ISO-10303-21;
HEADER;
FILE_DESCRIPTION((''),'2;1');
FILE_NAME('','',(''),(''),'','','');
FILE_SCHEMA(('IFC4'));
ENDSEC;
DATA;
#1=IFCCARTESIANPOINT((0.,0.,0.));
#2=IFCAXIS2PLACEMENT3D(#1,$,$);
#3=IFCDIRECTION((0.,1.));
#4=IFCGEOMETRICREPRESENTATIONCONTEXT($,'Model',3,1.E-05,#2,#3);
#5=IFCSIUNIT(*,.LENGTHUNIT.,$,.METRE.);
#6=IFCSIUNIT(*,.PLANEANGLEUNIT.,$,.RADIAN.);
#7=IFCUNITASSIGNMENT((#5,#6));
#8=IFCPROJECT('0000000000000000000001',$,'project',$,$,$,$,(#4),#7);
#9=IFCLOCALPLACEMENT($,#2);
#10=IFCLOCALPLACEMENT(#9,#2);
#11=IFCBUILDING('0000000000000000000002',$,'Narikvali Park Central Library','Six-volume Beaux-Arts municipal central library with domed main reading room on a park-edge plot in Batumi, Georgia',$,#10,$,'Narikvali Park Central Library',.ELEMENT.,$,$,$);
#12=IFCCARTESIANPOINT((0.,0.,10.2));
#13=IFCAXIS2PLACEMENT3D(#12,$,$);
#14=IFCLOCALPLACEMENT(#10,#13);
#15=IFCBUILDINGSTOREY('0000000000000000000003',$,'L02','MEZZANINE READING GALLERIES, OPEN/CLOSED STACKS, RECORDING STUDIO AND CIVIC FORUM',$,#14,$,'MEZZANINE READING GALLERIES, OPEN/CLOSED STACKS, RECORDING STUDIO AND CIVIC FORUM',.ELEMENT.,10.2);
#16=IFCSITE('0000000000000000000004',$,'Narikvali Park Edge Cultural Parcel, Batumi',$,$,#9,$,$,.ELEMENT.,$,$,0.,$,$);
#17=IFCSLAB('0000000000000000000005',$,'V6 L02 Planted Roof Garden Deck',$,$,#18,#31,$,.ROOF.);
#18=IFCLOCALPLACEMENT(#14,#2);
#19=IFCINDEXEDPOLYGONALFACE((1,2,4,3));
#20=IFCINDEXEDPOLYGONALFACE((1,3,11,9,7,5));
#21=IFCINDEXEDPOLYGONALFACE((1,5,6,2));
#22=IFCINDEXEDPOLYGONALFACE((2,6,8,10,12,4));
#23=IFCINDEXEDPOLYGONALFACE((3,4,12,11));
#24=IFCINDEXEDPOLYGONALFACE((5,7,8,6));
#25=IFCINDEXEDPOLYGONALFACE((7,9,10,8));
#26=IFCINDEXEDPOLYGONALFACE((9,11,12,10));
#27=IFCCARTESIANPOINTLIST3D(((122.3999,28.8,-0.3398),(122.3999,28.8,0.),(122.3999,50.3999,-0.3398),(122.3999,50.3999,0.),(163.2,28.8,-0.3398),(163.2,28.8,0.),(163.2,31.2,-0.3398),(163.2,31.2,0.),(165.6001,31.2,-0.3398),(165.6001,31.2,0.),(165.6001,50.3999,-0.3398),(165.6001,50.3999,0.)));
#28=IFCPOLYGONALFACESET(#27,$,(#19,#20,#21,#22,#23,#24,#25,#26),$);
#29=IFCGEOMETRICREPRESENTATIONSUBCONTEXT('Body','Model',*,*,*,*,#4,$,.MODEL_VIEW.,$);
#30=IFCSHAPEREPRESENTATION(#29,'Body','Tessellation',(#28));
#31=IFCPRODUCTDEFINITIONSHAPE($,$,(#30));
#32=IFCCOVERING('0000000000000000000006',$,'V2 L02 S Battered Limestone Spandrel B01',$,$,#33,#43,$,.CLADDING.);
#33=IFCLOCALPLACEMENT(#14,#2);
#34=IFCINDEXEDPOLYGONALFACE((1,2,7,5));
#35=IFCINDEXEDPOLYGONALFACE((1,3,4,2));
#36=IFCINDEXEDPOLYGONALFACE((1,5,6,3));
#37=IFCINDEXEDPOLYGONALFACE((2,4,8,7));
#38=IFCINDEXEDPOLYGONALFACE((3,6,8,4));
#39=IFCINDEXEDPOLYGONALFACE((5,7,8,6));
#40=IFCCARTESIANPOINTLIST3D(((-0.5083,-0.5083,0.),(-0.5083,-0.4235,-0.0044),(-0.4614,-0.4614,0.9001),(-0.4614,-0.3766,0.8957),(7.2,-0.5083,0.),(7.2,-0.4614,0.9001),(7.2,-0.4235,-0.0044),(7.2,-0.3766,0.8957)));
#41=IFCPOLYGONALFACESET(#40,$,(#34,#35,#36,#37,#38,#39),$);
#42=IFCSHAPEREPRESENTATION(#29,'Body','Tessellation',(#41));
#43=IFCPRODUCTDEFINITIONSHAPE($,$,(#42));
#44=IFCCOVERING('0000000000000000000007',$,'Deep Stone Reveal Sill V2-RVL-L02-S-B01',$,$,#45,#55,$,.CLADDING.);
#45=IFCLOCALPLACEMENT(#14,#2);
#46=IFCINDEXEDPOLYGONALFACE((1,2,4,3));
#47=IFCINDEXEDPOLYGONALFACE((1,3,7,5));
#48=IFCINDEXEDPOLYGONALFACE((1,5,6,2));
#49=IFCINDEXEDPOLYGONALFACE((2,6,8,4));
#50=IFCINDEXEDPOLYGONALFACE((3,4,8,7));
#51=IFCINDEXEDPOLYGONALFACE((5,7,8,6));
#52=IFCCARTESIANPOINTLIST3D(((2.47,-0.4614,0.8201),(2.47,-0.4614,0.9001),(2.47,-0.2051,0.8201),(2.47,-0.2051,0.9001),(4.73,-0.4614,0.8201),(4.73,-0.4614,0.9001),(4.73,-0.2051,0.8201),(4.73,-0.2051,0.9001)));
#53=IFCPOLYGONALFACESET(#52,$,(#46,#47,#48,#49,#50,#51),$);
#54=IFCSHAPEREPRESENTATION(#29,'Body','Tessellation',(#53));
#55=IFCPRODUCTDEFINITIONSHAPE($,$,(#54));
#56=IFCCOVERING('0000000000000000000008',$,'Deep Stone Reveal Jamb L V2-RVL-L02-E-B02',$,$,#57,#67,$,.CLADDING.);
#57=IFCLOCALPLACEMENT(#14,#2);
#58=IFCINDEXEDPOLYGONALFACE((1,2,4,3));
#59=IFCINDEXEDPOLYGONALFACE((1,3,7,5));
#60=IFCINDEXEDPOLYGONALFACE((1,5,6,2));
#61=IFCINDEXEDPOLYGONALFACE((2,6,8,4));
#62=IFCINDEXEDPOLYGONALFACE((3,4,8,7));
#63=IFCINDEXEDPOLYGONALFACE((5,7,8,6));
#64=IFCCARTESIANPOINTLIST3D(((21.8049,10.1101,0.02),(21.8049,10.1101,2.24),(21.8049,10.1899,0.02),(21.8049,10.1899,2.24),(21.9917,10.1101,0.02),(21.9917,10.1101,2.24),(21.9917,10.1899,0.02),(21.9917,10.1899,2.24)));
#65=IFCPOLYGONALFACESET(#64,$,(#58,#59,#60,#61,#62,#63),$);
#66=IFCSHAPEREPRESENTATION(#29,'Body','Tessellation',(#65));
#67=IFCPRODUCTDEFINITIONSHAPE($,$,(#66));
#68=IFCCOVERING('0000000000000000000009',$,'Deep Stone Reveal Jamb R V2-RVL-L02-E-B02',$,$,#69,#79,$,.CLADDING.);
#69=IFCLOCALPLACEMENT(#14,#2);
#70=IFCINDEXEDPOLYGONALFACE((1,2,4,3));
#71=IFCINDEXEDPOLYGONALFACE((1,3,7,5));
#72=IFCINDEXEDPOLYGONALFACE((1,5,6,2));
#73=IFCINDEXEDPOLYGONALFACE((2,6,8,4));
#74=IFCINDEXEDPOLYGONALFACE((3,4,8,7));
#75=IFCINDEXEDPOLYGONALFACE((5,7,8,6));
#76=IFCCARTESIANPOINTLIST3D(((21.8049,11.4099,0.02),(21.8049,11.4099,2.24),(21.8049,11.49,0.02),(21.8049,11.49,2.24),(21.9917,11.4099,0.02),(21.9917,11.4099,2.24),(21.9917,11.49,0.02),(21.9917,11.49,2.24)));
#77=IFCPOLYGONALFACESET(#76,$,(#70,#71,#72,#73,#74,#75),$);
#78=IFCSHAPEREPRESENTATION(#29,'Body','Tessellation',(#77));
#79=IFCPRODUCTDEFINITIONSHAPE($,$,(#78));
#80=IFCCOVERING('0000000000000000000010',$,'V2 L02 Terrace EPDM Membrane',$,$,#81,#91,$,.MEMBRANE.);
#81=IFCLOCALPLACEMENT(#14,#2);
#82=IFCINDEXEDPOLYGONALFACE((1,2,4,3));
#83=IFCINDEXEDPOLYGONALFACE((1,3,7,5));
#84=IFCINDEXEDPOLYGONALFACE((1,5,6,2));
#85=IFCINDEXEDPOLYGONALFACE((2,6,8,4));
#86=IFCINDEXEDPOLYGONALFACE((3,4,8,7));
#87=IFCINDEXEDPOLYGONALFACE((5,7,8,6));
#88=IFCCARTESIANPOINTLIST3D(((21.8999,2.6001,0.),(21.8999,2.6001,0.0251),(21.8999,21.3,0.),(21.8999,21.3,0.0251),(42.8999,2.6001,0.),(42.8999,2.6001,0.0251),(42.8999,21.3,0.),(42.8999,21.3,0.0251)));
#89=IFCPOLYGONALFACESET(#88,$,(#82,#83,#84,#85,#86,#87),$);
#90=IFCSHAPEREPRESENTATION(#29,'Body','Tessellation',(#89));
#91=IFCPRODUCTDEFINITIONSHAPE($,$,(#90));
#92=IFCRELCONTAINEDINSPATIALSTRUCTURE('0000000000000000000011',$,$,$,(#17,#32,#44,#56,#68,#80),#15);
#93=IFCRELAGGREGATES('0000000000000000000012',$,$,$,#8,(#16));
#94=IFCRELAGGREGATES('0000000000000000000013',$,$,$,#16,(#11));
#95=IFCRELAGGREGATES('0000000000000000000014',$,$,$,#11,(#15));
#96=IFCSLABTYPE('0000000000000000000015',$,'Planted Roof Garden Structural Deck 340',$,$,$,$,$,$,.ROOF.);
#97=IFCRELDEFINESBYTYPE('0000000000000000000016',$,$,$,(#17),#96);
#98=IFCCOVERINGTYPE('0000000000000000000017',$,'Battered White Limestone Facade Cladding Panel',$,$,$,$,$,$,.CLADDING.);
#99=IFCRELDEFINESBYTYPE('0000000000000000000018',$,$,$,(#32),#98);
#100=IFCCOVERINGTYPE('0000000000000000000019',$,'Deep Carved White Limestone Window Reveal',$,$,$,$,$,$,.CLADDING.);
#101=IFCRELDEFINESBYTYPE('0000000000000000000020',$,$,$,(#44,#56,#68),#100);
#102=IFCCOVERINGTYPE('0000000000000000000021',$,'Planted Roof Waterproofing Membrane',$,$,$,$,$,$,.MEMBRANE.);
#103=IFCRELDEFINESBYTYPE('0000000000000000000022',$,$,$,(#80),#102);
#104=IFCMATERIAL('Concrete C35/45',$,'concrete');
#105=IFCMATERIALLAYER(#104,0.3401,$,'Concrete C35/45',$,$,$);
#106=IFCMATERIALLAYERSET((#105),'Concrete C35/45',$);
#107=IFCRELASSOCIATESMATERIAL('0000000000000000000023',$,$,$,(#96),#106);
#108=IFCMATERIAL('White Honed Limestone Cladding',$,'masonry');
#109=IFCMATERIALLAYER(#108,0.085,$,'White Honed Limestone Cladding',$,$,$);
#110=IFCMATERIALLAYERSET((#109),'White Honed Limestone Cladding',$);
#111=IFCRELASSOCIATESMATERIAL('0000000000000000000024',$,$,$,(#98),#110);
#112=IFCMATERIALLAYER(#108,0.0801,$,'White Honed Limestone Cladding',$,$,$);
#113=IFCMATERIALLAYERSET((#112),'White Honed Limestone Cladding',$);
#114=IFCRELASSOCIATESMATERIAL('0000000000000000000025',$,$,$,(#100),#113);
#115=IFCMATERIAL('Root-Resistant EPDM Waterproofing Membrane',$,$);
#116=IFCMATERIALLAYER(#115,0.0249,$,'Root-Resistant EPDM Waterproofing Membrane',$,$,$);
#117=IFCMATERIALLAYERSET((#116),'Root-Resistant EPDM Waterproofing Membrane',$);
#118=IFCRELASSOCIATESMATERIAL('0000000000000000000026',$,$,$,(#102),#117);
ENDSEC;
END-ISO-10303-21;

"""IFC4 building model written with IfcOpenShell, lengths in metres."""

from ifc_helpers import new_model, si_unit, direction, frame, origin, place, context, subcontext, project, spatial, polyline, outline, extrude, material, layer, layer_set, type_object, element, save


model = new_model("IFC4")

# Units and contexts
model_context = context("Model", 3, precision=1e-05, world=origin(), true_north=direction((0.0, 1.0)))
body_context = subcontext(model_context, "Body", "Model", "MODEL_VIEW")
ifc_project = project(units=[si_unit("LENGTHUNIT", "METRE"), si_unit("PLANEANGLEUNIT", "RADIAN")], contexts=[model_context])

# Site, building, storey
site_placement = place(None, origin())
site = spatial("IfcSite", under=ifc_project, at=site_placement, Name="Narikvali Park Edge Cultural Parcel, Batumi", CompositionType="ELEMENT", RefElevation=0.0)
building_placement = place(site_placement, origin())
building = spatial("IfcBuilding", under=site, at=building_placement, Name="Narikvali Park Central Library", Description="Six-volume Beaux-Arts municipal central library with domed main reading room on a park-edge plot in Batumi, Georgia", LongName="Narikvali Park Central Library", CompositionType="ELEMENT")
storey_placement = place(building_placement, frame((0.0, 0.0, 10.2)))
storey = spatial("IfcBuildingStorey", under=building, at=storey_placement, Name="L02", Description="MEZZANINE READING GALLERIES, OPEN/CLOSED STACKS, RECORDING STUDIO AND CIVIC FORUM", LongName="MEZZANINE READING GALLERIES, OPEN/CLOSED STACKS, RECORDING STUDIO AND CIVIC FORUM", CompositionType="ELEMENT", Elevation=10.2)

# Slab
ifc_material_1 = material(Name="Concrete C35/45", Category="concrete")
ifc_layer_1 = layer(ifc_material_1, 0.3401, Name="Concrete C35/45")
ifc_layer_set_1 = layer_set([ifc_layer_1], Name="Concrete C35/45")
slab_type_1 = type_object("IfcSlabType", Name="Planted Roof Garden Structural Deck 340", PredefinedType="ROOF", material=ifc_layer_set_1)
slab_1_placement = place(storey_placement, frame((0.0, 0.0, -0.3398)))
element("IfcSlab", 1, at=slab_1_placement, inside=storey, type_object=slab_type_1, Name="V6 L02 Planted Roof Garden Deck", PredefinedType="ROOF", context=body_context, shape_type="SweptSolid", body=[
    extrude(outline(polyline([(122.3999, 28.8), (163.2, 28.8), (163.2, 31.2), (165.6001, 31.2), (165.6001, 50.3999), (122.3999, 50.3999), (122.3999, 28.8)])), origin(), (0.0, 0.0, 1.0), 0.3398),
])

# Coverings
ifc_material_2 = material(Name="White Honed Limestone Cladding", Category="masonry")
ifc_layer_2 = layer(ifc_material_2, 0.085, Name="White Honed Limestone Cladding")
ifc_layer_set_2 = layer_set([ifc_layer_2], Name="White Honed Limestone Cladding")
covering_type_1 = type_object("IfcCoveringType", Name="Battered White Limestone Facade Cladding Panel", PredefinedType="CLADDING", material=ifc_layer_set_2)
covering_1_placement = place(storey_placement, frame((-0.5083, -0.5083, 0.0), z_axis=(0.0, -0.998647, 0.052004), x_axis=(1.0, 0.0, 0.0)))
element("IfcCovering", 2, at=covering_1_placement, inside=storey, type_object=covering_type_1, Name="V2 L02 S Battered Limestone Spandrel B01", PredefinedType="CLADDING", context=body_context, shape_type="SweptSolid", body=[
    extrude(outline(polyline([(0.0, 0.0), (7.7083, 0.0), (7.7083, 0.9014), (0.0469, 0.9014), (0.0, 0.0)])), origin(), (0.0, 0.0, -1.0), 0.085),
])
ifc_layer_3 = layer(ifc_material_2, 0.0801, Name="White Honed Limestone Cladding")
ifc_layer_set_3 = layer_set([ifc_layer_3], Name="White Honed Limestone Cladding")
covering_type_2 = type_object("IfcCoveringType", Name="Deep Carved White Limestone Window Reveal", PredefinedType="CLADDING", material=ifc_layer_set_3)
covering_2_placement = place(storey_placement, frame((0.0, 0.0, 0.8201)))
element("IfcCovering", 3, at=covering_2_placement, inside=storey, type_object=covering_type_2, Name="Deep Stone Reveal Sill V2-RVL-L02-S-B01", PredefinedType="CLADDING", context=body_context, shape_type="SweptSolid", body=[
    extrude(outline(polyline([(2.47, -0.2051), (4.73, -0.2051), (4.73, -0.4614), (2.47, -0.4614), (2.47, -0.2051)])), origin(), (0.0, 0.0, 1.0), 0.0801),
])
covering_3_placement = place(storey_placement, frame((0.0, 0.0, 0.02)))
element("IfcCovering", 4, at=covering_3_placement, inside=storey, type_object=covering_type_2, Name="Deep Stone Reveal Jamb L V2-RVL-L02-E-B02", PredefinedType="CLADDING", context=body_context, shape_type="SweptSolid", body=[
    extrude(outline(polyline([(21.8049, 10.1101), (21.8049, 10.1899), (21.9917, 10.1899), (21.9917, 10.1101), (21.8049, 10.1101)])), origin(), (0.0, 0.0, 1.0), 2.22),
])
covering_4_placement = place(storey_placement, frame((0.0, 0.0, 0.02)))
element("IfcCovering", 5, at=covering_4_placement, inside=storey, type_object=covering_type_2, Name="Deep Stone Reveal Jamb R V2-RVL-L02-E-B02", PredefinedType="CLADDING", context=body_context, shape_type="SweptSolid", body=[
    extrude(outline(polyline([(21.8049, 11.4099), (21.8049, 11.49), (21.9917, 11.49), (21.9917, 11.4099), (21.8049, 11.4099)])), origin(), (0.0, 0.0, 1.0), 2.22),
])
ifc_material_3 = material(Name="Root-Resistant EPDM Waterproofing Membrane")
ifc_layer_4 = layer(ifc_material_3, 0.0249, Name="Root-Resistant EPDM Waterproofing Membrane")
ifc_layer_set_4 = layer_set([ifc_layer_4], Name="Root-Resistant EPDM Waterproofing Membrane")
covering_type_3 = type_object("IfcCoveringType", Name="Planted Roof Waterproofing Membrane", PredefinedType="MEMBRANE", material=ifc_layer_set_4)
covering_5_placement = place(storey_placement, origin())
element("IfcCovering", 6, at=covering_5_placement, inside=storey, type_object=covering_type_3, Name="V2 L02 Terrace EPDM Membrane", PredefinedType="MEMBRANE", context=body_context, shape_type="SweptSolid", body=[
    extrude(outline(polyline([(21.8999, 2.6001), (42.8999, 2.6001), (42.8999, 21.3), (21.8999, 21.3), (21.8999, 2.6001)])), origin(), (0.0, 0.0, 1.0), 0.0251),
])

save(model, "model.ifc")
